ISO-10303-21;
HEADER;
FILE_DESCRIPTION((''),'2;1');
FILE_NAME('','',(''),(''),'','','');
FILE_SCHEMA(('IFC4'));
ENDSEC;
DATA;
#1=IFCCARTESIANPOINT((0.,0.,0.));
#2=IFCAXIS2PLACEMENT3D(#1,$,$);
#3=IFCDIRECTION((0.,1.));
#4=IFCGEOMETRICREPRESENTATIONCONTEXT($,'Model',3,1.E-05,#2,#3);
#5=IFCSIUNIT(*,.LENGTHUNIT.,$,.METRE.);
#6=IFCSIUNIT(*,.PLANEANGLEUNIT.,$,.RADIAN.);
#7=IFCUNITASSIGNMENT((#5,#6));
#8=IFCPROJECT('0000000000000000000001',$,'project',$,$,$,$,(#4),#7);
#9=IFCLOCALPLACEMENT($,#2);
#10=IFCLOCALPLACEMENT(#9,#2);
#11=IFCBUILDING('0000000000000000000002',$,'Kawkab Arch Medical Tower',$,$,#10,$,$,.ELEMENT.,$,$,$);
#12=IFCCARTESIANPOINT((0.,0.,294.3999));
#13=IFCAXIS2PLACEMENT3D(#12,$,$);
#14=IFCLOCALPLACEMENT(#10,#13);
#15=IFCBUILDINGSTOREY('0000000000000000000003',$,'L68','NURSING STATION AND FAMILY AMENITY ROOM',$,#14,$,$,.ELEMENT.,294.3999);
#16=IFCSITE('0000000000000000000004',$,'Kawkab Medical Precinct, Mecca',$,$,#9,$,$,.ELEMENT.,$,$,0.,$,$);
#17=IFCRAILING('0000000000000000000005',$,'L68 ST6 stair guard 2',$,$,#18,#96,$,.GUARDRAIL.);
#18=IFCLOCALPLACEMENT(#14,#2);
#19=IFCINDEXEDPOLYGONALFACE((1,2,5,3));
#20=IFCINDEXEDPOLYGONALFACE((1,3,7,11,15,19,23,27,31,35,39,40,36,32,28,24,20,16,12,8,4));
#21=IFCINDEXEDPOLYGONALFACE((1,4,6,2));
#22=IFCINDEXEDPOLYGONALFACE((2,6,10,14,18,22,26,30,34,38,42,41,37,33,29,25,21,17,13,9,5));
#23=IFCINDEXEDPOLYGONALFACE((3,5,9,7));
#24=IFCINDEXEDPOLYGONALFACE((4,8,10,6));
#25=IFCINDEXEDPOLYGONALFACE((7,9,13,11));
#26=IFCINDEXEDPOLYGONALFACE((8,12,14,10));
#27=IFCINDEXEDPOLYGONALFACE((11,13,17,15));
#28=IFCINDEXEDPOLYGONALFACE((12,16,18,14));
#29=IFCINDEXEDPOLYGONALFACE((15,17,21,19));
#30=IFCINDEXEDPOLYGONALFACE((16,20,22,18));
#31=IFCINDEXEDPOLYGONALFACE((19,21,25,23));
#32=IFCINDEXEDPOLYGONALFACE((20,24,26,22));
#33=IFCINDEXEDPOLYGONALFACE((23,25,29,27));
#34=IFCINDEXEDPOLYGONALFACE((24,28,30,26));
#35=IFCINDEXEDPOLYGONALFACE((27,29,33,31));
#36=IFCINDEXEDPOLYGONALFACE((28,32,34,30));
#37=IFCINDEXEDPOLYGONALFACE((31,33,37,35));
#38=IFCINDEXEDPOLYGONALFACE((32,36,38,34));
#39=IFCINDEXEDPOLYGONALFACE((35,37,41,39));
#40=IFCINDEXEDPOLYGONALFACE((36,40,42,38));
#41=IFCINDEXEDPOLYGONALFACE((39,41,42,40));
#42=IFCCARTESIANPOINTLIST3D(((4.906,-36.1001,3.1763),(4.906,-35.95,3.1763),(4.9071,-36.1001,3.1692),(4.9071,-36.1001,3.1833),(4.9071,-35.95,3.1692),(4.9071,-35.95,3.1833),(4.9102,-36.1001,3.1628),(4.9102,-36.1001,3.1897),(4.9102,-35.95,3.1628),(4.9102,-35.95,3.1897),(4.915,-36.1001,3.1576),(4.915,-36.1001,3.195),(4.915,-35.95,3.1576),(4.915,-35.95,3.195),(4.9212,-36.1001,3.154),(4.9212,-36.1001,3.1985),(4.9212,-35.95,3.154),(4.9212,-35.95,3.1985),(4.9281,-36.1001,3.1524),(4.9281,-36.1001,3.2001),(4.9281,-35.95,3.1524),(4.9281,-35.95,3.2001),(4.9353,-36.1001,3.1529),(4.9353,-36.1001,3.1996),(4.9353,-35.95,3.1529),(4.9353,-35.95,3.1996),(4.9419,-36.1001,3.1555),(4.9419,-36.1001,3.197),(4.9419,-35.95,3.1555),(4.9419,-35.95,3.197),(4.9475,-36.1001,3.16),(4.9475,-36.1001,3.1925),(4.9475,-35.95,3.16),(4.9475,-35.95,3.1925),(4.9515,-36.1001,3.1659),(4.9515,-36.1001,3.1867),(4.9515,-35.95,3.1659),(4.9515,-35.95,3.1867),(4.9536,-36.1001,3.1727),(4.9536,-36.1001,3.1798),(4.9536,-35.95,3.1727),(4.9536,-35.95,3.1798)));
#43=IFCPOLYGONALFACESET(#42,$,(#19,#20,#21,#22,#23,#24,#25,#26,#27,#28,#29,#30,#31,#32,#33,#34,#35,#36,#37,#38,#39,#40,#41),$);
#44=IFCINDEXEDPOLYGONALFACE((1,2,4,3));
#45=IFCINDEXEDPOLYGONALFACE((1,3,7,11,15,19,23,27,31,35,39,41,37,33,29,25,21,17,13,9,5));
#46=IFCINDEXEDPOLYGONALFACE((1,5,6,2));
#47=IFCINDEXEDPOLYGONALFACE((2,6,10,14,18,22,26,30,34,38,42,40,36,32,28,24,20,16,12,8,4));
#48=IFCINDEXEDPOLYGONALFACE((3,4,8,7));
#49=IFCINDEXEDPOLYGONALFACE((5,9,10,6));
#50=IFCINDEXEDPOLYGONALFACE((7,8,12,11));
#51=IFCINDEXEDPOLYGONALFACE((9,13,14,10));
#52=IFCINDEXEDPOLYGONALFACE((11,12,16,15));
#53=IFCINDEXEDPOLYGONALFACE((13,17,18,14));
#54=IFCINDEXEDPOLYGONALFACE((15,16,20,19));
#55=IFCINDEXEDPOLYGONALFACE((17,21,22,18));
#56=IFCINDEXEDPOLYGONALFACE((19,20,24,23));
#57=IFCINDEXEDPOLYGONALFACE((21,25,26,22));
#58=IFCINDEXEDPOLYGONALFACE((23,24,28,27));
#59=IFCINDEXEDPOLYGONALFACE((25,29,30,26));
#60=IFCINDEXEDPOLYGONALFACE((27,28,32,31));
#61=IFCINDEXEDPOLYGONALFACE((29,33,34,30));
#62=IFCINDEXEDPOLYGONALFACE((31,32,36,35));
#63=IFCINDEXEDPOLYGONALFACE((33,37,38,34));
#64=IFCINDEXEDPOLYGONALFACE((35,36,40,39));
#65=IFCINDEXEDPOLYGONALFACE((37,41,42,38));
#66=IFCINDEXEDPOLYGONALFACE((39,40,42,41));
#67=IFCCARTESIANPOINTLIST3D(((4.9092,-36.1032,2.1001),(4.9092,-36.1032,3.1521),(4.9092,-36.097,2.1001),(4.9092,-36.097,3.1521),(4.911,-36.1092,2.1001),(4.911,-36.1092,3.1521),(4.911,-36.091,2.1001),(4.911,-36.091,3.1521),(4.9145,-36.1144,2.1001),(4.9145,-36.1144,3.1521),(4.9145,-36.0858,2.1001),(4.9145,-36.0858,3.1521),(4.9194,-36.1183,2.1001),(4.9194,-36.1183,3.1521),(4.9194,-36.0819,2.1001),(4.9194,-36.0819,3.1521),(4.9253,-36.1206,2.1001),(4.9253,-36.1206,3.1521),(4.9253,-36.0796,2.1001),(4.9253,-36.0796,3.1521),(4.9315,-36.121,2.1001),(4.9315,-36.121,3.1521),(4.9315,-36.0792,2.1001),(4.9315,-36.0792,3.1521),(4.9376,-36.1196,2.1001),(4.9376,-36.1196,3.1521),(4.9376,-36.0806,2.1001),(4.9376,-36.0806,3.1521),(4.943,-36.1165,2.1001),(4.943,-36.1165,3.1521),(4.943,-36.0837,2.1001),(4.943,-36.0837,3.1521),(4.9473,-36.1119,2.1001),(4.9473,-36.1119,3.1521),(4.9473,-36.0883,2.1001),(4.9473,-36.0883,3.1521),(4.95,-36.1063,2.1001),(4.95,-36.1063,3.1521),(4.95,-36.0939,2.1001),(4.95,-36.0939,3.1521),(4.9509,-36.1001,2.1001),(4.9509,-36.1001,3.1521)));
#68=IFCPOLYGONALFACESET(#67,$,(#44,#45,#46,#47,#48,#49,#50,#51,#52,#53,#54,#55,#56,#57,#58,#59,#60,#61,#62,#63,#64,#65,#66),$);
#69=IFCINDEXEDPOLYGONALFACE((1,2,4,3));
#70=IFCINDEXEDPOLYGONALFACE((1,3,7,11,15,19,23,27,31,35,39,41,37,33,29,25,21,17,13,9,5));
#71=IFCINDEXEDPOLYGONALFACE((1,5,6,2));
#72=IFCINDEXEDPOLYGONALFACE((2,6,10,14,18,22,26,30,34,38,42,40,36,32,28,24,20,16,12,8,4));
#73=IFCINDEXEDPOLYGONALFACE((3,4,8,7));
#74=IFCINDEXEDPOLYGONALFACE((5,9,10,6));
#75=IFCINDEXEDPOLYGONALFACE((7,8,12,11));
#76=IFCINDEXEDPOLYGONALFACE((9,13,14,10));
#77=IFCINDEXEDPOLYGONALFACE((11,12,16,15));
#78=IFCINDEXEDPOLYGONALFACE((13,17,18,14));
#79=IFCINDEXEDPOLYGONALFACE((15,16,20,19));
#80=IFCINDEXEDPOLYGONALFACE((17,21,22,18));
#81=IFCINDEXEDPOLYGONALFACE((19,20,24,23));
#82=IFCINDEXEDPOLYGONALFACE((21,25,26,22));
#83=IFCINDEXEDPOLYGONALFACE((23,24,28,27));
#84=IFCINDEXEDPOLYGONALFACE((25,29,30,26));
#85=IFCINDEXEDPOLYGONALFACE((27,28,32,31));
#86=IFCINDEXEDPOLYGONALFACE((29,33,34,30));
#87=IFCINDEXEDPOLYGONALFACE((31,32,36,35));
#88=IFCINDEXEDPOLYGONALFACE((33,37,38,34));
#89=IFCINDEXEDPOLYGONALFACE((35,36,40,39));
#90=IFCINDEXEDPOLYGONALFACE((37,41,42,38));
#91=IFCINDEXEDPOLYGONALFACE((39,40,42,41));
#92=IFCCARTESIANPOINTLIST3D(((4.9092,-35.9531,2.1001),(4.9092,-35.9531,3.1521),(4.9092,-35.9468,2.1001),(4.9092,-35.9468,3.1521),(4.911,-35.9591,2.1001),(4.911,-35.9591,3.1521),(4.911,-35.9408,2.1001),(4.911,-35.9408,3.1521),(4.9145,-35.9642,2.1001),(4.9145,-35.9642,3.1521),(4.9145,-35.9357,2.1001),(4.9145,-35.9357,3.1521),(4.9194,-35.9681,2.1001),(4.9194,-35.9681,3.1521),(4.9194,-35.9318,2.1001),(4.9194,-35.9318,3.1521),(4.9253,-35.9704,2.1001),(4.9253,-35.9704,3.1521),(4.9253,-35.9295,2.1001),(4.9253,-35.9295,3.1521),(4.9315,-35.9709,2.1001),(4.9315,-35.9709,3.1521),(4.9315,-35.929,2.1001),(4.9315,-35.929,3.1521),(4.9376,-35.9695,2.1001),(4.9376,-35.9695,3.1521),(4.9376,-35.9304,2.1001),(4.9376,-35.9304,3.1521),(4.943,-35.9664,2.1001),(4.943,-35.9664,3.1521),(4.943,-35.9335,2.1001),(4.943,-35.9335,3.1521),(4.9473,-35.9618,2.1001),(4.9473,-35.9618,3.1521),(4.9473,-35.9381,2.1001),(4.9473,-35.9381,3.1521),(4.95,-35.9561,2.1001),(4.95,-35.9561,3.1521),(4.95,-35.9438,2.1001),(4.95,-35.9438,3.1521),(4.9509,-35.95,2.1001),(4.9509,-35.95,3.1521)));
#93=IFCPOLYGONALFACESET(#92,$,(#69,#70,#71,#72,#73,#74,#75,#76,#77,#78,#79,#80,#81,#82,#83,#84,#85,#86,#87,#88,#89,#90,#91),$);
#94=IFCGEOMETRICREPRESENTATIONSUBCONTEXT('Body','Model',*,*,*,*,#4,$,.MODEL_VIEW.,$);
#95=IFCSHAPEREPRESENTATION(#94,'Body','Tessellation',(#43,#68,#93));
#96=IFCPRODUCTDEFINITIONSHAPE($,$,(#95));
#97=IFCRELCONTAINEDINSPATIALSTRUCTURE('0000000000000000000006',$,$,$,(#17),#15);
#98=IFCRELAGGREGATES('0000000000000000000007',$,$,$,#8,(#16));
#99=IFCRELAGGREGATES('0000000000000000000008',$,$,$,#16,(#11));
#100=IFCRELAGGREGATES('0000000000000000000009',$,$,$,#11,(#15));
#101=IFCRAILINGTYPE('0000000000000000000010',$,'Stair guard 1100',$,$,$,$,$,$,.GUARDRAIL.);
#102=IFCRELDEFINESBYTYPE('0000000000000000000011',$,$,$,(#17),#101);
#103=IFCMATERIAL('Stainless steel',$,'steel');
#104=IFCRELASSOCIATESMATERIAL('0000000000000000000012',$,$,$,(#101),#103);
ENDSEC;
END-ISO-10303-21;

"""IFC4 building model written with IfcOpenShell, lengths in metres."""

from ifc_helpers import new_model, si_unit, direction, frame, origin, origin_2d, place, context, subcontext, project, spatial, circle, extrude, material, type_object, element, save


model = new_model("IFC4")

# Units and contexts
model_context = context("Model", 3, precision=1e-05, world=origin(), true_north=direction((0.0, 1.0)))
body_context = subcontext(model_context, "Body", "Model", "MODEL_VIEW")
ifc_project = project(units=[si_unit("LENGTHUNIT", "METRE"), si_unit("PLANEANGLEUNIT", "RADIAN")], contexts=[model_context])

# Site, building, storey
site_placement = place(None, origin())
site = spatial("IfcSite", under=ifc_project, at=site_placement, Name="Kawkab Medical Precinct, Mecca", CompositionType="ELEMENT", RefElevation=0.0)
building_placement = place(site_placement, origin())
building = spatial("IfcBuilding", under=site, at=building_placement, Name="Kawkab Arch Medical Tower", CompositionType="ELEMENT")
storey_placement = place(building_placement, frame((0.0, 0.0, 294.3999)))
storey = spatial("IfcBuildingStorey", under=building, at=storey_placement, Name="L68", Description="NURSING STATION AND FAMILY AMENITY ROOM", CompositionType="ELEMENT", Elevation=294.3999)

# Railing
ifc_material_1 = material(Name="Stainless steel", Category="steel")
railing_type = type_object("IfcRailingType", Name="Stair guard 1100", PredefinedType="GUARDRAIL", material=ifc_material_1)
railing_1_placement = place(storey_placement, frame((4.9299, -36.1001, 2.1001)))
element("IfcRailing", 1, at=railing_1_placement, inside=storey, type_object=railing_type, Name="L68 ST6 stair guard 2", PredefinedType="GUARDRAIL", context=body_context, shape_type="SweptSolid", body=[
    extrude(circle(Radius=0.0239, at=origin_2d()), frame((0.0, 0.0, 1.0762), z_axis=(0.0, 1.0, 0.0), x_axis=(-1.0, 0.0, 0.0)), (0.0, 0.0, 1.0), 0.1501),
    extrude(circle(Radius=0.021, at=origin_2d()), origin(), (0.0, 0.0, 1.0), 1.052),
    extrude(circle(Radius=0.021, at=origin_2d()), frame((0.0, 0.1501, 0.0)), (0.0, 0.0, 1.0), 1.052),
])

save(model, "model.ifc")
